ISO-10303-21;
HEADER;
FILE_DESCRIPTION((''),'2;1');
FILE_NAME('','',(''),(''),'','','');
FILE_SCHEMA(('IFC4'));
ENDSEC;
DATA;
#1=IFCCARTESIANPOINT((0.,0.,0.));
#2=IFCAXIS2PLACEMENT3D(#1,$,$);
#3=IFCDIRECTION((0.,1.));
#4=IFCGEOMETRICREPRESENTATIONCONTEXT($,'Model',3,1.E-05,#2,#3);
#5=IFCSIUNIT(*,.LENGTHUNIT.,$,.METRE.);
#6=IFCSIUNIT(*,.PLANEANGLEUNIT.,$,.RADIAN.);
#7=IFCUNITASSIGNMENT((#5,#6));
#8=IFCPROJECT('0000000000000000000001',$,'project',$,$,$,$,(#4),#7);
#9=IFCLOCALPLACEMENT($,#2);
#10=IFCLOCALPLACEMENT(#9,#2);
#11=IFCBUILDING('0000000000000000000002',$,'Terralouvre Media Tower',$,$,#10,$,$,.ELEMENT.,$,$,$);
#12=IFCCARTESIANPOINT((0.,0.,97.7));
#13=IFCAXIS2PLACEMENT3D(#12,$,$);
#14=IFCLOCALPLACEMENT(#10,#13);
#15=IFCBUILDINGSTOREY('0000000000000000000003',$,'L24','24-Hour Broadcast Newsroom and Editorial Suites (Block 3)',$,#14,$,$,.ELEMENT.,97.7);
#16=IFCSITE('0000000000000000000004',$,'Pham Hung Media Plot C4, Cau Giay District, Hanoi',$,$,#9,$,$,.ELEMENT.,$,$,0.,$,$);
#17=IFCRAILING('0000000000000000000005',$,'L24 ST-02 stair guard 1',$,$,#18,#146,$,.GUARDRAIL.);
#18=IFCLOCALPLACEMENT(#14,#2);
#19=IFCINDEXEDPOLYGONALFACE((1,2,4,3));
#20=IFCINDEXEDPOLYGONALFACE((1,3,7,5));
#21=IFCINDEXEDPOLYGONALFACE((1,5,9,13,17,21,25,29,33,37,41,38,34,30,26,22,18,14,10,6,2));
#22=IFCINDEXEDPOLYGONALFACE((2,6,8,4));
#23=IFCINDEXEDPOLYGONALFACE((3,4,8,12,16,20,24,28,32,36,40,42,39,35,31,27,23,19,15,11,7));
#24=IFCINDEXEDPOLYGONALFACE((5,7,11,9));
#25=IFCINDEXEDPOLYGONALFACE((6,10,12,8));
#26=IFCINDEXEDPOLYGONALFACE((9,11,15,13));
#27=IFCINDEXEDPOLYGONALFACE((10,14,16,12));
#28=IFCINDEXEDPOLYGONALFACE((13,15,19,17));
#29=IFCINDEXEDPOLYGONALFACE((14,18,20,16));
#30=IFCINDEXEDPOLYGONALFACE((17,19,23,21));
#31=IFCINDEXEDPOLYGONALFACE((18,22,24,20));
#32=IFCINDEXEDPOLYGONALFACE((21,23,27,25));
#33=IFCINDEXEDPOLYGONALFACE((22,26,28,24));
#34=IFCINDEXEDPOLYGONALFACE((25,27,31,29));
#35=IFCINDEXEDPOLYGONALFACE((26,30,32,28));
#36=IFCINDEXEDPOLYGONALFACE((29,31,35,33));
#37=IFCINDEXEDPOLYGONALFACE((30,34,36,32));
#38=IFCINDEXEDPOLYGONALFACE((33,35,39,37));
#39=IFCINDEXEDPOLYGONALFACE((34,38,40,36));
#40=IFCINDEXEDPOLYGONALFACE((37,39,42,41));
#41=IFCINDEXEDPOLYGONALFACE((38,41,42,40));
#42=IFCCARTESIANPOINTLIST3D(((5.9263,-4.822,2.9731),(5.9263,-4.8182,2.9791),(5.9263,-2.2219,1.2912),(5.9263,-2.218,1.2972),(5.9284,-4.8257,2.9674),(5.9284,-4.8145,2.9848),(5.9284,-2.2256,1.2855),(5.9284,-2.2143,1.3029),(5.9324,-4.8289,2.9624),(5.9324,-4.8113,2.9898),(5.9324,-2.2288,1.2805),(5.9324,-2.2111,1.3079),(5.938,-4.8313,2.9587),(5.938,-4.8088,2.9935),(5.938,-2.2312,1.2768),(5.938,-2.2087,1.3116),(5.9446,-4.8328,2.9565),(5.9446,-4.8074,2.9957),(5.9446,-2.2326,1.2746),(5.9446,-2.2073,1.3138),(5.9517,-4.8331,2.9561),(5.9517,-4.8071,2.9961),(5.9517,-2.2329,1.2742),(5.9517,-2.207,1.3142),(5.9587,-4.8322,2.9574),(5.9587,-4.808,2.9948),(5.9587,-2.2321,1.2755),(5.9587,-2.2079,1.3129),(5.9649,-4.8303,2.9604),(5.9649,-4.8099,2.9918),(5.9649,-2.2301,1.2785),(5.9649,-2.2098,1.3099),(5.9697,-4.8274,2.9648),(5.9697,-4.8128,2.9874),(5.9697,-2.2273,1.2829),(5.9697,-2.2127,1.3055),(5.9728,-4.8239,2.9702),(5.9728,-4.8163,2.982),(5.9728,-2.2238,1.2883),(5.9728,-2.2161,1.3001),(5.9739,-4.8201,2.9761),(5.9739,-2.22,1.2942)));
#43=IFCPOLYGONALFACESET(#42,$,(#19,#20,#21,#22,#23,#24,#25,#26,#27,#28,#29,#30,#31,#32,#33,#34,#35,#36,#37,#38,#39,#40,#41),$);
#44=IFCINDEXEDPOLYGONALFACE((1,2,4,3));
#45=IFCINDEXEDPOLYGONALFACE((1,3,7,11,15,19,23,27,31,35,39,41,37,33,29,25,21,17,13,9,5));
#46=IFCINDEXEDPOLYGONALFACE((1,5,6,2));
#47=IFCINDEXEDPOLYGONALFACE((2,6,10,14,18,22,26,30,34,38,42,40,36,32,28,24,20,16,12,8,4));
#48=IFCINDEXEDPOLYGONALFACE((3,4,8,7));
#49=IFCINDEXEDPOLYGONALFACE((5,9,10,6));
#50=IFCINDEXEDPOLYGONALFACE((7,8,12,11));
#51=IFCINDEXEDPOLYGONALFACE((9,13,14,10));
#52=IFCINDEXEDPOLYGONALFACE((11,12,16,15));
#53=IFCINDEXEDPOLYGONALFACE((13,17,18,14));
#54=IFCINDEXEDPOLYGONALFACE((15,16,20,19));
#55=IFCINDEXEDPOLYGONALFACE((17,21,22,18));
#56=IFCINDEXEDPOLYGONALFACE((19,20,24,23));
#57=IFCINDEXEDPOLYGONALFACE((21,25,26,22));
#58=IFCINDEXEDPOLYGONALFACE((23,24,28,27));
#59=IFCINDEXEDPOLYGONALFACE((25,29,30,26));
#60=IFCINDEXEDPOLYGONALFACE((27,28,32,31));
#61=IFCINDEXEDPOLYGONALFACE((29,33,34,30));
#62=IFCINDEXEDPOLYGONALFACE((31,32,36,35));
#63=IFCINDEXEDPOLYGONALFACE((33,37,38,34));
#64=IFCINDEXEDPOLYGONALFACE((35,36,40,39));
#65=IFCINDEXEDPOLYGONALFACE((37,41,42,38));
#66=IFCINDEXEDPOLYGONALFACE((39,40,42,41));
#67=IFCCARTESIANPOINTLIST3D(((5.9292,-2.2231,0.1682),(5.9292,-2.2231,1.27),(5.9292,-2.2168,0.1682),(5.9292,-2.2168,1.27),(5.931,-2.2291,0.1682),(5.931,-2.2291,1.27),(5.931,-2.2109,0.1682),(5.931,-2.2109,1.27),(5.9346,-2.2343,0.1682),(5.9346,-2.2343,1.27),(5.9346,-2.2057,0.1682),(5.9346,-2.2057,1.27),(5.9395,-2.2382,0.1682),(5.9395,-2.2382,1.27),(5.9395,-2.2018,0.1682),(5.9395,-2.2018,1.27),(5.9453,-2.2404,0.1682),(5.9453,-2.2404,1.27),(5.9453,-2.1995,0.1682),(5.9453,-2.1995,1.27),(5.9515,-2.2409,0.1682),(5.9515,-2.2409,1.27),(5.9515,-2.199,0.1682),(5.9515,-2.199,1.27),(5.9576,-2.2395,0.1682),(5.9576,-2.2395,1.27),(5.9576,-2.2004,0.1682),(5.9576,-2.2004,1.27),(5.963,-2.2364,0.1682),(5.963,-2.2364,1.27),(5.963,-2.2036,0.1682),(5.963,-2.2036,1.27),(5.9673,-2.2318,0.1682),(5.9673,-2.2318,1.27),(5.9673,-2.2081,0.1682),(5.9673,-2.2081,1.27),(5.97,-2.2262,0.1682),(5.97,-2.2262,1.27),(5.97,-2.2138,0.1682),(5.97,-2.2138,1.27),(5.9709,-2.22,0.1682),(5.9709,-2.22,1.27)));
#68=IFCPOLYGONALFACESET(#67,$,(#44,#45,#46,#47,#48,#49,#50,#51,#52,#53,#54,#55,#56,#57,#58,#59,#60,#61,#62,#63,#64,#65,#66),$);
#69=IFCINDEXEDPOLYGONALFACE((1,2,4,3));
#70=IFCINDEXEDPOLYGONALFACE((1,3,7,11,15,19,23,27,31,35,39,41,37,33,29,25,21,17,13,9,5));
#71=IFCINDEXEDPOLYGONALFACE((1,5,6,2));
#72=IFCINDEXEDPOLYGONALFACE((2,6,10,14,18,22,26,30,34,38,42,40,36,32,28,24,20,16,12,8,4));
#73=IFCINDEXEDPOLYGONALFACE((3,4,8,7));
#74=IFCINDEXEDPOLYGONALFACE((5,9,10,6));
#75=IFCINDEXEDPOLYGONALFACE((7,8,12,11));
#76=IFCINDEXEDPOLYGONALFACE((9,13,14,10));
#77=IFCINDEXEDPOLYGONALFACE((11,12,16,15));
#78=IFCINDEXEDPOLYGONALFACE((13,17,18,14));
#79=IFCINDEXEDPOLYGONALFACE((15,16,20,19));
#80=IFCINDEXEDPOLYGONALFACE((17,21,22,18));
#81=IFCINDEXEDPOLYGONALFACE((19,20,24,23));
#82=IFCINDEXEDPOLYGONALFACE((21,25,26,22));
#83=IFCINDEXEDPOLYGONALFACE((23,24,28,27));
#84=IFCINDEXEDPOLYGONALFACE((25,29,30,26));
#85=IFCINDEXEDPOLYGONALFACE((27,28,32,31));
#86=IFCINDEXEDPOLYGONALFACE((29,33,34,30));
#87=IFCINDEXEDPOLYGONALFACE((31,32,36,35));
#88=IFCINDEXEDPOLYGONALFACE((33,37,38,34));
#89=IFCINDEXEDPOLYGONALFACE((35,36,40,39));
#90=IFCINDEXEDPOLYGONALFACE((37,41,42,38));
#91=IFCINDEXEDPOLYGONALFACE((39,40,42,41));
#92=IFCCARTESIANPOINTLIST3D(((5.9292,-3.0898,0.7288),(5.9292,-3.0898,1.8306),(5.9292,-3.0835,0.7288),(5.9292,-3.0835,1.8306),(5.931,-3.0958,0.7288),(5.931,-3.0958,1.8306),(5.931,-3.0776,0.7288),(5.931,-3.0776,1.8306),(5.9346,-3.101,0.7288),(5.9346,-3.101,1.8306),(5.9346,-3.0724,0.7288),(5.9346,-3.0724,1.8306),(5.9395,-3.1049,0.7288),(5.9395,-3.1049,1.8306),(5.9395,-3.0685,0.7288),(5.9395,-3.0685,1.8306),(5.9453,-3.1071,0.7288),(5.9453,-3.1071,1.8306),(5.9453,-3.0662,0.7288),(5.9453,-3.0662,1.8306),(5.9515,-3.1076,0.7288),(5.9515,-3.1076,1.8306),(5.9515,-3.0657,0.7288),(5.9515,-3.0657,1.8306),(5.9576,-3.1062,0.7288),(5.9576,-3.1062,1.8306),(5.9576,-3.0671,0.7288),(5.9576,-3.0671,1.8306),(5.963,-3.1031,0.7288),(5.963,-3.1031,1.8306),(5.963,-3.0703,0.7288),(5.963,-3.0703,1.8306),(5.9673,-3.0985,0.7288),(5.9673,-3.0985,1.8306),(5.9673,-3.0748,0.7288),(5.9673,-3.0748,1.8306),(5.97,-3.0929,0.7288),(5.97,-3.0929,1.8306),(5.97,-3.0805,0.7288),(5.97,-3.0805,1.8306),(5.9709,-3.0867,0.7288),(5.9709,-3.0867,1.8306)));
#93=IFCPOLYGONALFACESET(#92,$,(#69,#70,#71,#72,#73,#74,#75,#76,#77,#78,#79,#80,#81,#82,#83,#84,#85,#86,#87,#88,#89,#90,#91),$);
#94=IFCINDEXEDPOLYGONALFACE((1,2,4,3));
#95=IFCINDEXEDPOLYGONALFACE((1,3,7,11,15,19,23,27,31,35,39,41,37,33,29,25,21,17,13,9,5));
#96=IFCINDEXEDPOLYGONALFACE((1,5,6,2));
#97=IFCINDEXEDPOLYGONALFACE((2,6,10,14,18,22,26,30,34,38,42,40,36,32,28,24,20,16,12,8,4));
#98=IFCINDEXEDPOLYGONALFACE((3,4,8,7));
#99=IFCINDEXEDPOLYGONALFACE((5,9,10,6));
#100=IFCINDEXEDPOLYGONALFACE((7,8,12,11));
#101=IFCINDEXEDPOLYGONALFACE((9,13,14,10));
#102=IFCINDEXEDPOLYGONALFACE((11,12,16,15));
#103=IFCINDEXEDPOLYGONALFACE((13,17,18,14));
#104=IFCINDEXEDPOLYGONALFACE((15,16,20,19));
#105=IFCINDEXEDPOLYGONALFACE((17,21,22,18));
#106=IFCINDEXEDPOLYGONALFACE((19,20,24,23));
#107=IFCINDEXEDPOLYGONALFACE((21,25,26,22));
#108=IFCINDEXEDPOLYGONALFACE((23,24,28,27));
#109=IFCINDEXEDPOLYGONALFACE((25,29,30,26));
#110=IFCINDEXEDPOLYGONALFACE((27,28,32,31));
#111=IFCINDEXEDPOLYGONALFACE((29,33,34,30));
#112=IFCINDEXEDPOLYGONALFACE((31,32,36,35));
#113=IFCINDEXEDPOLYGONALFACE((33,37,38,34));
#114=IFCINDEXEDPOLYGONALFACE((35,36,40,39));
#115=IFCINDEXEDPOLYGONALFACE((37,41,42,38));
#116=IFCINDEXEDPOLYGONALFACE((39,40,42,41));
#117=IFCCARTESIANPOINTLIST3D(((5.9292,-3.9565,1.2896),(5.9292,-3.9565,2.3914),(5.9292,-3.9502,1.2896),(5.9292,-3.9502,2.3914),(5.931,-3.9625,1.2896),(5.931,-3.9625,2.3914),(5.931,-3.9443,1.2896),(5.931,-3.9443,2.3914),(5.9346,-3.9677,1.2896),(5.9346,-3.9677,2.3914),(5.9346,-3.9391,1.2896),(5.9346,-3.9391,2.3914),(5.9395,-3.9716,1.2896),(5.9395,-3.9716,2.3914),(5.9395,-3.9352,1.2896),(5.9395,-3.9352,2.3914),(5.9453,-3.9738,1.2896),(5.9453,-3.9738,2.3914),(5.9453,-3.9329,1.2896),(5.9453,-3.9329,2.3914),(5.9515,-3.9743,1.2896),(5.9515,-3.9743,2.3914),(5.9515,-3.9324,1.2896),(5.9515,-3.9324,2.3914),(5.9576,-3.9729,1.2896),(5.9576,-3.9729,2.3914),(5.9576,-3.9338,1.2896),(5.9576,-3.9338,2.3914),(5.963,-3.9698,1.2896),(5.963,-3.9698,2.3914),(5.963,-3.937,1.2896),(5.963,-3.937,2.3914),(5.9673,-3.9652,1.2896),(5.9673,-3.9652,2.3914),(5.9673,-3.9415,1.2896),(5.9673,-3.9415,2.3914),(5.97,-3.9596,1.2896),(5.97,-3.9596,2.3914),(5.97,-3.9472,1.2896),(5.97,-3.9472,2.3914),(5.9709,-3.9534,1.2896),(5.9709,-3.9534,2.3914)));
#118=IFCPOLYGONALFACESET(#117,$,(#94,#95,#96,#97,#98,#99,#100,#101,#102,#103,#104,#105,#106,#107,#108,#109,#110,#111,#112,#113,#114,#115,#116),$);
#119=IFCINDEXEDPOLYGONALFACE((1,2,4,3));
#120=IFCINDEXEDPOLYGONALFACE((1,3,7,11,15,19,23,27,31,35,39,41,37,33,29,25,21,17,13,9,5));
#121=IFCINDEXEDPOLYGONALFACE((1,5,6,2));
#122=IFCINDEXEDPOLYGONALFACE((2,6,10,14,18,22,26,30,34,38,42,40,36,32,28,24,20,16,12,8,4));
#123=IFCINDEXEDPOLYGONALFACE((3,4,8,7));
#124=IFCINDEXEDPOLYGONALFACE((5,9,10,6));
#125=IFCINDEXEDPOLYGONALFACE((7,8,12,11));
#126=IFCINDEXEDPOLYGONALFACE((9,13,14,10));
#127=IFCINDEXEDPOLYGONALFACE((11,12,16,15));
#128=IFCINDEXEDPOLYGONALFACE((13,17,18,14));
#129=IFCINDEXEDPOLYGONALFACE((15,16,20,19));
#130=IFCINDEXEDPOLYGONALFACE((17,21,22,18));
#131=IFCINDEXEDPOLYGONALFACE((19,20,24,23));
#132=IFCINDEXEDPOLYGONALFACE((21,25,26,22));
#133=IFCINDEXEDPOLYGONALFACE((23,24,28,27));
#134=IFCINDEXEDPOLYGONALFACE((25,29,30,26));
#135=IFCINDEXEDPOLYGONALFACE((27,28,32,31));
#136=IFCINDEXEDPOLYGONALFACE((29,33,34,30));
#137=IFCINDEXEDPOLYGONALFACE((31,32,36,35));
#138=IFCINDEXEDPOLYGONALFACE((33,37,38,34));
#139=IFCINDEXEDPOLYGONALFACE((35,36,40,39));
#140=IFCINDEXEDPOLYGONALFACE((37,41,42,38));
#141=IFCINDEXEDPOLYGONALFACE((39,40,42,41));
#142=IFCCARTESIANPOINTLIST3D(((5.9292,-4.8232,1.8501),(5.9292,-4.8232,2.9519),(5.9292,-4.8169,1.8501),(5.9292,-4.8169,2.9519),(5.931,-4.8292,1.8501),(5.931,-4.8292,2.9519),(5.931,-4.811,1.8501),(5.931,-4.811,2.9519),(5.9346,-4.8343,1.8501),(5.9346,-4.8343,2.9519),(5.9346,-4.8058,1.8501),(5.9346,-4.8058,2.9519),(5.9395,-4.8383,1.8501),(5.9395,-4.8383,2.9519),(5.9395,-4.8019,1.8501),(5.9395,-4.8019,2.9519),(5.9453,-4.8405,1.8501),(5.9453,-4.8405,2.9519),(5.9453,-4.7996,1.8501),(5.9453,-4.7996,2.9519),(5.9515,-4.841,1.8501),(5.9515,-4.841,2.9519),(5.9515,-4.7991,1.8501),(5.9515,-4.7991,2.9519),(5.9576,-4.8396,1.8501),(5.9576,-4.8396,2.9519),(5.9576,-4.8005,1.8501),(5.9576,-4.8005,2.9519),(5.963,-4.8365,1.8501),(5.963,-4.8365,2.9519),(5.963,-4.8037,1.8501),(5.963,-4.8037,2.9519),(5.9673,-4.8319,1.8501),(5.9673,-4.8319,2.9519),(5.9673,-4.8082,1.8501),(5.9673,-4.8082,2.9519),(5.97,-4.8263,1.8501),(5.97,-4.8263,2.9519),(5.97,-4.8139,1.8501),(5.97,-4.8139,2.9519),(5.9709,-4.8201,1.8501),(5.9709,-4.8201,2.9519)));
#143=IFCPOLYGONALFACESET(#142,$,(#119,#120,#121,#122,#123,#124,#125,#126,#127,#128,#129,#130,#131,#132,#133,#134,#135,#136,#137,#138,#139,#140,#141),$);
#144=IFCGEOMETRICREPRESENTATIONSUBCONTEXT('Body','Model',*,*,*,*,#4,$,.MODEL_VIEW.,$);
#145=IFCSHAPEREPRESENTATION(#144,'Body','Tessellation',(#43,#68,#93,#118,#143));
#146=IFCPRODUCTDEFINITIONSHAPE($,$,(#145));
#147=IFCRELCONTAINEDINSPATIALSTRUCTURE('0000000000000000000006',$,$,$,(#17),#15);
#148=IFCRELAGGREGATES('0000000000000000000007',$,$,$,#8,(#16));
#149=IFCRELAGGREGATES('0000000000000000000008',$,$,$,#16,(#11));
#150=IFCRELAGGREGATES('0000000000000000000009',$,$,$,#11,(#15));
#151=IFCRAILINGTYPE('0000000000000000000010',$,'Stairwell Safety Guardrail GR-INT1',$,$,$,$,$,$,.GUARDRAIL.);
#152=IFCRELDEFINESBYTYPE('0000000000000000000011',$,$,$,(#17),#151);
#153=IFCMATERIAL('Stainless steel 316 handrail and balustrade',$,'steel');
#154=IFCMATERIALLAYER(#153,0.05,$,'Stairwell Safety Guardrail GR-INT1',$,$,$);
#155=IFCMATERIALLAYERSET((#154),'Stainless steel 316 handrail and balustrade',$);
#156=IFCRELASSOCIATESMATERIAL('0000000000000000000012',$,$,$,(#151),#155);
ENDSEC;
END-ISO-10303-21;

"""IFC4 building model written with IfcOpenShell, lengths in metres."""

from ifc_helpers import new_model, si_unit, direction, frame, origin, origin_2d, place, context, subcontext, project, spatial, circle, extrude, material, layer, layer_set, type_object, element, save


model = new_model("IFC4")

# Units and contexts
model_context = context("Model", 3, precision=1e-05, world=origin(), true_north=direction((0.0, 1.0)))
body_context = subcontext(model_context, "Body", "Model", "MODEL_VIEW")
ifc_project = project(units=[si_unit("LENGTHUNIT", "METRE"), si_unit("PLANEANGLEUNIT", "RADIAN")], contexts=[model_context])

# Site, building, storey
site_placement = place(None, origin())
site = spatial("IfcSite", under=ifc_project, at=site_placement, Name="Pham Hung Media Plot C4, Cau Giay District, Hanoi", CompositionType="ELEMENT", RefElevation=0.0)
building_placement = place(site_placement, origin())
building = spatial("IfcBuilding", under=site, at=building_placement, Name="Terralouvre Media Tower", CompositionType="ELEMENT")
storey_placement = place(building_placement, frame((0.0, 0.0, 97.7)))
storey = spatial("IfcBuildingStorey", under=building, at=storey_placement, Name="L24", Description="24-Hour Broadcast Newsroom and Editorial Suites (Block 3)", CompositionType="ELEMENT", Elevation=97.7)

# Railing
ifc_material_1 = material(Name="Stainless steel 316 handrail and balustrade", Category="steel")
ifc_layer_1 = layer(ifc_material_1, 0.05, Name="Stairwell Safety Guardrail GR-INT1")
ifc_layer_set_1 = layer_set([ifc_layer_1], Name="Stainless steel 316 handrail and balustrade")
railing_type_1 = type_object("IfcRailingType", Name="Stairwell Safety Guardrail GR-INT1", PredefinedType="GUARDRAIL", material=ifc_layer_set_1)
railing_1_placement = place(storey_placement, frame((5.95, -2.22, 0.1682)))
element("IfcRailing", 1, at=railing_1_placement, inside=storey, type_object=railing_type_1, Name="L24 ST-02 stair guard 1", PredefinedType="GUARDRAIL", context=body_context, shape_type="SweptSolid", body=[
    extrude(circle(Radius=0.0239, at=origin_2d()), frame((0.0, 0.0, 1.126), z_axis=(0.0, -0.839648, 0.54313), x_axis=(1.0, 0.0, 0.0)), (0.0, 0.0, 1.0), 3.0967),
    extrude(circle(Radius=0.021, at=origin_2d()), origin(), (0.0, 0.0, 1.0), 1.1018),
    extrude(circle(Radius=0.021, at=origin_2d()), frame((0.0, -0.8667, 0.5605)), (0.0, 0.0, 1.0), 1.1018),
    extrude(circle(Radius=0.021, at=origin_2d()), frame((0.0, -1.7334, 1.1213)), (0.0, 0.0, 1.0), 1.1018),
    extrude(circle(Radius=0.021, at=origin_2d()), frame((0.0, -2.6001, 1.6819)), (0.0, 0.0, 1.0), 1.1018),
])

save(model, "model.ifc")
